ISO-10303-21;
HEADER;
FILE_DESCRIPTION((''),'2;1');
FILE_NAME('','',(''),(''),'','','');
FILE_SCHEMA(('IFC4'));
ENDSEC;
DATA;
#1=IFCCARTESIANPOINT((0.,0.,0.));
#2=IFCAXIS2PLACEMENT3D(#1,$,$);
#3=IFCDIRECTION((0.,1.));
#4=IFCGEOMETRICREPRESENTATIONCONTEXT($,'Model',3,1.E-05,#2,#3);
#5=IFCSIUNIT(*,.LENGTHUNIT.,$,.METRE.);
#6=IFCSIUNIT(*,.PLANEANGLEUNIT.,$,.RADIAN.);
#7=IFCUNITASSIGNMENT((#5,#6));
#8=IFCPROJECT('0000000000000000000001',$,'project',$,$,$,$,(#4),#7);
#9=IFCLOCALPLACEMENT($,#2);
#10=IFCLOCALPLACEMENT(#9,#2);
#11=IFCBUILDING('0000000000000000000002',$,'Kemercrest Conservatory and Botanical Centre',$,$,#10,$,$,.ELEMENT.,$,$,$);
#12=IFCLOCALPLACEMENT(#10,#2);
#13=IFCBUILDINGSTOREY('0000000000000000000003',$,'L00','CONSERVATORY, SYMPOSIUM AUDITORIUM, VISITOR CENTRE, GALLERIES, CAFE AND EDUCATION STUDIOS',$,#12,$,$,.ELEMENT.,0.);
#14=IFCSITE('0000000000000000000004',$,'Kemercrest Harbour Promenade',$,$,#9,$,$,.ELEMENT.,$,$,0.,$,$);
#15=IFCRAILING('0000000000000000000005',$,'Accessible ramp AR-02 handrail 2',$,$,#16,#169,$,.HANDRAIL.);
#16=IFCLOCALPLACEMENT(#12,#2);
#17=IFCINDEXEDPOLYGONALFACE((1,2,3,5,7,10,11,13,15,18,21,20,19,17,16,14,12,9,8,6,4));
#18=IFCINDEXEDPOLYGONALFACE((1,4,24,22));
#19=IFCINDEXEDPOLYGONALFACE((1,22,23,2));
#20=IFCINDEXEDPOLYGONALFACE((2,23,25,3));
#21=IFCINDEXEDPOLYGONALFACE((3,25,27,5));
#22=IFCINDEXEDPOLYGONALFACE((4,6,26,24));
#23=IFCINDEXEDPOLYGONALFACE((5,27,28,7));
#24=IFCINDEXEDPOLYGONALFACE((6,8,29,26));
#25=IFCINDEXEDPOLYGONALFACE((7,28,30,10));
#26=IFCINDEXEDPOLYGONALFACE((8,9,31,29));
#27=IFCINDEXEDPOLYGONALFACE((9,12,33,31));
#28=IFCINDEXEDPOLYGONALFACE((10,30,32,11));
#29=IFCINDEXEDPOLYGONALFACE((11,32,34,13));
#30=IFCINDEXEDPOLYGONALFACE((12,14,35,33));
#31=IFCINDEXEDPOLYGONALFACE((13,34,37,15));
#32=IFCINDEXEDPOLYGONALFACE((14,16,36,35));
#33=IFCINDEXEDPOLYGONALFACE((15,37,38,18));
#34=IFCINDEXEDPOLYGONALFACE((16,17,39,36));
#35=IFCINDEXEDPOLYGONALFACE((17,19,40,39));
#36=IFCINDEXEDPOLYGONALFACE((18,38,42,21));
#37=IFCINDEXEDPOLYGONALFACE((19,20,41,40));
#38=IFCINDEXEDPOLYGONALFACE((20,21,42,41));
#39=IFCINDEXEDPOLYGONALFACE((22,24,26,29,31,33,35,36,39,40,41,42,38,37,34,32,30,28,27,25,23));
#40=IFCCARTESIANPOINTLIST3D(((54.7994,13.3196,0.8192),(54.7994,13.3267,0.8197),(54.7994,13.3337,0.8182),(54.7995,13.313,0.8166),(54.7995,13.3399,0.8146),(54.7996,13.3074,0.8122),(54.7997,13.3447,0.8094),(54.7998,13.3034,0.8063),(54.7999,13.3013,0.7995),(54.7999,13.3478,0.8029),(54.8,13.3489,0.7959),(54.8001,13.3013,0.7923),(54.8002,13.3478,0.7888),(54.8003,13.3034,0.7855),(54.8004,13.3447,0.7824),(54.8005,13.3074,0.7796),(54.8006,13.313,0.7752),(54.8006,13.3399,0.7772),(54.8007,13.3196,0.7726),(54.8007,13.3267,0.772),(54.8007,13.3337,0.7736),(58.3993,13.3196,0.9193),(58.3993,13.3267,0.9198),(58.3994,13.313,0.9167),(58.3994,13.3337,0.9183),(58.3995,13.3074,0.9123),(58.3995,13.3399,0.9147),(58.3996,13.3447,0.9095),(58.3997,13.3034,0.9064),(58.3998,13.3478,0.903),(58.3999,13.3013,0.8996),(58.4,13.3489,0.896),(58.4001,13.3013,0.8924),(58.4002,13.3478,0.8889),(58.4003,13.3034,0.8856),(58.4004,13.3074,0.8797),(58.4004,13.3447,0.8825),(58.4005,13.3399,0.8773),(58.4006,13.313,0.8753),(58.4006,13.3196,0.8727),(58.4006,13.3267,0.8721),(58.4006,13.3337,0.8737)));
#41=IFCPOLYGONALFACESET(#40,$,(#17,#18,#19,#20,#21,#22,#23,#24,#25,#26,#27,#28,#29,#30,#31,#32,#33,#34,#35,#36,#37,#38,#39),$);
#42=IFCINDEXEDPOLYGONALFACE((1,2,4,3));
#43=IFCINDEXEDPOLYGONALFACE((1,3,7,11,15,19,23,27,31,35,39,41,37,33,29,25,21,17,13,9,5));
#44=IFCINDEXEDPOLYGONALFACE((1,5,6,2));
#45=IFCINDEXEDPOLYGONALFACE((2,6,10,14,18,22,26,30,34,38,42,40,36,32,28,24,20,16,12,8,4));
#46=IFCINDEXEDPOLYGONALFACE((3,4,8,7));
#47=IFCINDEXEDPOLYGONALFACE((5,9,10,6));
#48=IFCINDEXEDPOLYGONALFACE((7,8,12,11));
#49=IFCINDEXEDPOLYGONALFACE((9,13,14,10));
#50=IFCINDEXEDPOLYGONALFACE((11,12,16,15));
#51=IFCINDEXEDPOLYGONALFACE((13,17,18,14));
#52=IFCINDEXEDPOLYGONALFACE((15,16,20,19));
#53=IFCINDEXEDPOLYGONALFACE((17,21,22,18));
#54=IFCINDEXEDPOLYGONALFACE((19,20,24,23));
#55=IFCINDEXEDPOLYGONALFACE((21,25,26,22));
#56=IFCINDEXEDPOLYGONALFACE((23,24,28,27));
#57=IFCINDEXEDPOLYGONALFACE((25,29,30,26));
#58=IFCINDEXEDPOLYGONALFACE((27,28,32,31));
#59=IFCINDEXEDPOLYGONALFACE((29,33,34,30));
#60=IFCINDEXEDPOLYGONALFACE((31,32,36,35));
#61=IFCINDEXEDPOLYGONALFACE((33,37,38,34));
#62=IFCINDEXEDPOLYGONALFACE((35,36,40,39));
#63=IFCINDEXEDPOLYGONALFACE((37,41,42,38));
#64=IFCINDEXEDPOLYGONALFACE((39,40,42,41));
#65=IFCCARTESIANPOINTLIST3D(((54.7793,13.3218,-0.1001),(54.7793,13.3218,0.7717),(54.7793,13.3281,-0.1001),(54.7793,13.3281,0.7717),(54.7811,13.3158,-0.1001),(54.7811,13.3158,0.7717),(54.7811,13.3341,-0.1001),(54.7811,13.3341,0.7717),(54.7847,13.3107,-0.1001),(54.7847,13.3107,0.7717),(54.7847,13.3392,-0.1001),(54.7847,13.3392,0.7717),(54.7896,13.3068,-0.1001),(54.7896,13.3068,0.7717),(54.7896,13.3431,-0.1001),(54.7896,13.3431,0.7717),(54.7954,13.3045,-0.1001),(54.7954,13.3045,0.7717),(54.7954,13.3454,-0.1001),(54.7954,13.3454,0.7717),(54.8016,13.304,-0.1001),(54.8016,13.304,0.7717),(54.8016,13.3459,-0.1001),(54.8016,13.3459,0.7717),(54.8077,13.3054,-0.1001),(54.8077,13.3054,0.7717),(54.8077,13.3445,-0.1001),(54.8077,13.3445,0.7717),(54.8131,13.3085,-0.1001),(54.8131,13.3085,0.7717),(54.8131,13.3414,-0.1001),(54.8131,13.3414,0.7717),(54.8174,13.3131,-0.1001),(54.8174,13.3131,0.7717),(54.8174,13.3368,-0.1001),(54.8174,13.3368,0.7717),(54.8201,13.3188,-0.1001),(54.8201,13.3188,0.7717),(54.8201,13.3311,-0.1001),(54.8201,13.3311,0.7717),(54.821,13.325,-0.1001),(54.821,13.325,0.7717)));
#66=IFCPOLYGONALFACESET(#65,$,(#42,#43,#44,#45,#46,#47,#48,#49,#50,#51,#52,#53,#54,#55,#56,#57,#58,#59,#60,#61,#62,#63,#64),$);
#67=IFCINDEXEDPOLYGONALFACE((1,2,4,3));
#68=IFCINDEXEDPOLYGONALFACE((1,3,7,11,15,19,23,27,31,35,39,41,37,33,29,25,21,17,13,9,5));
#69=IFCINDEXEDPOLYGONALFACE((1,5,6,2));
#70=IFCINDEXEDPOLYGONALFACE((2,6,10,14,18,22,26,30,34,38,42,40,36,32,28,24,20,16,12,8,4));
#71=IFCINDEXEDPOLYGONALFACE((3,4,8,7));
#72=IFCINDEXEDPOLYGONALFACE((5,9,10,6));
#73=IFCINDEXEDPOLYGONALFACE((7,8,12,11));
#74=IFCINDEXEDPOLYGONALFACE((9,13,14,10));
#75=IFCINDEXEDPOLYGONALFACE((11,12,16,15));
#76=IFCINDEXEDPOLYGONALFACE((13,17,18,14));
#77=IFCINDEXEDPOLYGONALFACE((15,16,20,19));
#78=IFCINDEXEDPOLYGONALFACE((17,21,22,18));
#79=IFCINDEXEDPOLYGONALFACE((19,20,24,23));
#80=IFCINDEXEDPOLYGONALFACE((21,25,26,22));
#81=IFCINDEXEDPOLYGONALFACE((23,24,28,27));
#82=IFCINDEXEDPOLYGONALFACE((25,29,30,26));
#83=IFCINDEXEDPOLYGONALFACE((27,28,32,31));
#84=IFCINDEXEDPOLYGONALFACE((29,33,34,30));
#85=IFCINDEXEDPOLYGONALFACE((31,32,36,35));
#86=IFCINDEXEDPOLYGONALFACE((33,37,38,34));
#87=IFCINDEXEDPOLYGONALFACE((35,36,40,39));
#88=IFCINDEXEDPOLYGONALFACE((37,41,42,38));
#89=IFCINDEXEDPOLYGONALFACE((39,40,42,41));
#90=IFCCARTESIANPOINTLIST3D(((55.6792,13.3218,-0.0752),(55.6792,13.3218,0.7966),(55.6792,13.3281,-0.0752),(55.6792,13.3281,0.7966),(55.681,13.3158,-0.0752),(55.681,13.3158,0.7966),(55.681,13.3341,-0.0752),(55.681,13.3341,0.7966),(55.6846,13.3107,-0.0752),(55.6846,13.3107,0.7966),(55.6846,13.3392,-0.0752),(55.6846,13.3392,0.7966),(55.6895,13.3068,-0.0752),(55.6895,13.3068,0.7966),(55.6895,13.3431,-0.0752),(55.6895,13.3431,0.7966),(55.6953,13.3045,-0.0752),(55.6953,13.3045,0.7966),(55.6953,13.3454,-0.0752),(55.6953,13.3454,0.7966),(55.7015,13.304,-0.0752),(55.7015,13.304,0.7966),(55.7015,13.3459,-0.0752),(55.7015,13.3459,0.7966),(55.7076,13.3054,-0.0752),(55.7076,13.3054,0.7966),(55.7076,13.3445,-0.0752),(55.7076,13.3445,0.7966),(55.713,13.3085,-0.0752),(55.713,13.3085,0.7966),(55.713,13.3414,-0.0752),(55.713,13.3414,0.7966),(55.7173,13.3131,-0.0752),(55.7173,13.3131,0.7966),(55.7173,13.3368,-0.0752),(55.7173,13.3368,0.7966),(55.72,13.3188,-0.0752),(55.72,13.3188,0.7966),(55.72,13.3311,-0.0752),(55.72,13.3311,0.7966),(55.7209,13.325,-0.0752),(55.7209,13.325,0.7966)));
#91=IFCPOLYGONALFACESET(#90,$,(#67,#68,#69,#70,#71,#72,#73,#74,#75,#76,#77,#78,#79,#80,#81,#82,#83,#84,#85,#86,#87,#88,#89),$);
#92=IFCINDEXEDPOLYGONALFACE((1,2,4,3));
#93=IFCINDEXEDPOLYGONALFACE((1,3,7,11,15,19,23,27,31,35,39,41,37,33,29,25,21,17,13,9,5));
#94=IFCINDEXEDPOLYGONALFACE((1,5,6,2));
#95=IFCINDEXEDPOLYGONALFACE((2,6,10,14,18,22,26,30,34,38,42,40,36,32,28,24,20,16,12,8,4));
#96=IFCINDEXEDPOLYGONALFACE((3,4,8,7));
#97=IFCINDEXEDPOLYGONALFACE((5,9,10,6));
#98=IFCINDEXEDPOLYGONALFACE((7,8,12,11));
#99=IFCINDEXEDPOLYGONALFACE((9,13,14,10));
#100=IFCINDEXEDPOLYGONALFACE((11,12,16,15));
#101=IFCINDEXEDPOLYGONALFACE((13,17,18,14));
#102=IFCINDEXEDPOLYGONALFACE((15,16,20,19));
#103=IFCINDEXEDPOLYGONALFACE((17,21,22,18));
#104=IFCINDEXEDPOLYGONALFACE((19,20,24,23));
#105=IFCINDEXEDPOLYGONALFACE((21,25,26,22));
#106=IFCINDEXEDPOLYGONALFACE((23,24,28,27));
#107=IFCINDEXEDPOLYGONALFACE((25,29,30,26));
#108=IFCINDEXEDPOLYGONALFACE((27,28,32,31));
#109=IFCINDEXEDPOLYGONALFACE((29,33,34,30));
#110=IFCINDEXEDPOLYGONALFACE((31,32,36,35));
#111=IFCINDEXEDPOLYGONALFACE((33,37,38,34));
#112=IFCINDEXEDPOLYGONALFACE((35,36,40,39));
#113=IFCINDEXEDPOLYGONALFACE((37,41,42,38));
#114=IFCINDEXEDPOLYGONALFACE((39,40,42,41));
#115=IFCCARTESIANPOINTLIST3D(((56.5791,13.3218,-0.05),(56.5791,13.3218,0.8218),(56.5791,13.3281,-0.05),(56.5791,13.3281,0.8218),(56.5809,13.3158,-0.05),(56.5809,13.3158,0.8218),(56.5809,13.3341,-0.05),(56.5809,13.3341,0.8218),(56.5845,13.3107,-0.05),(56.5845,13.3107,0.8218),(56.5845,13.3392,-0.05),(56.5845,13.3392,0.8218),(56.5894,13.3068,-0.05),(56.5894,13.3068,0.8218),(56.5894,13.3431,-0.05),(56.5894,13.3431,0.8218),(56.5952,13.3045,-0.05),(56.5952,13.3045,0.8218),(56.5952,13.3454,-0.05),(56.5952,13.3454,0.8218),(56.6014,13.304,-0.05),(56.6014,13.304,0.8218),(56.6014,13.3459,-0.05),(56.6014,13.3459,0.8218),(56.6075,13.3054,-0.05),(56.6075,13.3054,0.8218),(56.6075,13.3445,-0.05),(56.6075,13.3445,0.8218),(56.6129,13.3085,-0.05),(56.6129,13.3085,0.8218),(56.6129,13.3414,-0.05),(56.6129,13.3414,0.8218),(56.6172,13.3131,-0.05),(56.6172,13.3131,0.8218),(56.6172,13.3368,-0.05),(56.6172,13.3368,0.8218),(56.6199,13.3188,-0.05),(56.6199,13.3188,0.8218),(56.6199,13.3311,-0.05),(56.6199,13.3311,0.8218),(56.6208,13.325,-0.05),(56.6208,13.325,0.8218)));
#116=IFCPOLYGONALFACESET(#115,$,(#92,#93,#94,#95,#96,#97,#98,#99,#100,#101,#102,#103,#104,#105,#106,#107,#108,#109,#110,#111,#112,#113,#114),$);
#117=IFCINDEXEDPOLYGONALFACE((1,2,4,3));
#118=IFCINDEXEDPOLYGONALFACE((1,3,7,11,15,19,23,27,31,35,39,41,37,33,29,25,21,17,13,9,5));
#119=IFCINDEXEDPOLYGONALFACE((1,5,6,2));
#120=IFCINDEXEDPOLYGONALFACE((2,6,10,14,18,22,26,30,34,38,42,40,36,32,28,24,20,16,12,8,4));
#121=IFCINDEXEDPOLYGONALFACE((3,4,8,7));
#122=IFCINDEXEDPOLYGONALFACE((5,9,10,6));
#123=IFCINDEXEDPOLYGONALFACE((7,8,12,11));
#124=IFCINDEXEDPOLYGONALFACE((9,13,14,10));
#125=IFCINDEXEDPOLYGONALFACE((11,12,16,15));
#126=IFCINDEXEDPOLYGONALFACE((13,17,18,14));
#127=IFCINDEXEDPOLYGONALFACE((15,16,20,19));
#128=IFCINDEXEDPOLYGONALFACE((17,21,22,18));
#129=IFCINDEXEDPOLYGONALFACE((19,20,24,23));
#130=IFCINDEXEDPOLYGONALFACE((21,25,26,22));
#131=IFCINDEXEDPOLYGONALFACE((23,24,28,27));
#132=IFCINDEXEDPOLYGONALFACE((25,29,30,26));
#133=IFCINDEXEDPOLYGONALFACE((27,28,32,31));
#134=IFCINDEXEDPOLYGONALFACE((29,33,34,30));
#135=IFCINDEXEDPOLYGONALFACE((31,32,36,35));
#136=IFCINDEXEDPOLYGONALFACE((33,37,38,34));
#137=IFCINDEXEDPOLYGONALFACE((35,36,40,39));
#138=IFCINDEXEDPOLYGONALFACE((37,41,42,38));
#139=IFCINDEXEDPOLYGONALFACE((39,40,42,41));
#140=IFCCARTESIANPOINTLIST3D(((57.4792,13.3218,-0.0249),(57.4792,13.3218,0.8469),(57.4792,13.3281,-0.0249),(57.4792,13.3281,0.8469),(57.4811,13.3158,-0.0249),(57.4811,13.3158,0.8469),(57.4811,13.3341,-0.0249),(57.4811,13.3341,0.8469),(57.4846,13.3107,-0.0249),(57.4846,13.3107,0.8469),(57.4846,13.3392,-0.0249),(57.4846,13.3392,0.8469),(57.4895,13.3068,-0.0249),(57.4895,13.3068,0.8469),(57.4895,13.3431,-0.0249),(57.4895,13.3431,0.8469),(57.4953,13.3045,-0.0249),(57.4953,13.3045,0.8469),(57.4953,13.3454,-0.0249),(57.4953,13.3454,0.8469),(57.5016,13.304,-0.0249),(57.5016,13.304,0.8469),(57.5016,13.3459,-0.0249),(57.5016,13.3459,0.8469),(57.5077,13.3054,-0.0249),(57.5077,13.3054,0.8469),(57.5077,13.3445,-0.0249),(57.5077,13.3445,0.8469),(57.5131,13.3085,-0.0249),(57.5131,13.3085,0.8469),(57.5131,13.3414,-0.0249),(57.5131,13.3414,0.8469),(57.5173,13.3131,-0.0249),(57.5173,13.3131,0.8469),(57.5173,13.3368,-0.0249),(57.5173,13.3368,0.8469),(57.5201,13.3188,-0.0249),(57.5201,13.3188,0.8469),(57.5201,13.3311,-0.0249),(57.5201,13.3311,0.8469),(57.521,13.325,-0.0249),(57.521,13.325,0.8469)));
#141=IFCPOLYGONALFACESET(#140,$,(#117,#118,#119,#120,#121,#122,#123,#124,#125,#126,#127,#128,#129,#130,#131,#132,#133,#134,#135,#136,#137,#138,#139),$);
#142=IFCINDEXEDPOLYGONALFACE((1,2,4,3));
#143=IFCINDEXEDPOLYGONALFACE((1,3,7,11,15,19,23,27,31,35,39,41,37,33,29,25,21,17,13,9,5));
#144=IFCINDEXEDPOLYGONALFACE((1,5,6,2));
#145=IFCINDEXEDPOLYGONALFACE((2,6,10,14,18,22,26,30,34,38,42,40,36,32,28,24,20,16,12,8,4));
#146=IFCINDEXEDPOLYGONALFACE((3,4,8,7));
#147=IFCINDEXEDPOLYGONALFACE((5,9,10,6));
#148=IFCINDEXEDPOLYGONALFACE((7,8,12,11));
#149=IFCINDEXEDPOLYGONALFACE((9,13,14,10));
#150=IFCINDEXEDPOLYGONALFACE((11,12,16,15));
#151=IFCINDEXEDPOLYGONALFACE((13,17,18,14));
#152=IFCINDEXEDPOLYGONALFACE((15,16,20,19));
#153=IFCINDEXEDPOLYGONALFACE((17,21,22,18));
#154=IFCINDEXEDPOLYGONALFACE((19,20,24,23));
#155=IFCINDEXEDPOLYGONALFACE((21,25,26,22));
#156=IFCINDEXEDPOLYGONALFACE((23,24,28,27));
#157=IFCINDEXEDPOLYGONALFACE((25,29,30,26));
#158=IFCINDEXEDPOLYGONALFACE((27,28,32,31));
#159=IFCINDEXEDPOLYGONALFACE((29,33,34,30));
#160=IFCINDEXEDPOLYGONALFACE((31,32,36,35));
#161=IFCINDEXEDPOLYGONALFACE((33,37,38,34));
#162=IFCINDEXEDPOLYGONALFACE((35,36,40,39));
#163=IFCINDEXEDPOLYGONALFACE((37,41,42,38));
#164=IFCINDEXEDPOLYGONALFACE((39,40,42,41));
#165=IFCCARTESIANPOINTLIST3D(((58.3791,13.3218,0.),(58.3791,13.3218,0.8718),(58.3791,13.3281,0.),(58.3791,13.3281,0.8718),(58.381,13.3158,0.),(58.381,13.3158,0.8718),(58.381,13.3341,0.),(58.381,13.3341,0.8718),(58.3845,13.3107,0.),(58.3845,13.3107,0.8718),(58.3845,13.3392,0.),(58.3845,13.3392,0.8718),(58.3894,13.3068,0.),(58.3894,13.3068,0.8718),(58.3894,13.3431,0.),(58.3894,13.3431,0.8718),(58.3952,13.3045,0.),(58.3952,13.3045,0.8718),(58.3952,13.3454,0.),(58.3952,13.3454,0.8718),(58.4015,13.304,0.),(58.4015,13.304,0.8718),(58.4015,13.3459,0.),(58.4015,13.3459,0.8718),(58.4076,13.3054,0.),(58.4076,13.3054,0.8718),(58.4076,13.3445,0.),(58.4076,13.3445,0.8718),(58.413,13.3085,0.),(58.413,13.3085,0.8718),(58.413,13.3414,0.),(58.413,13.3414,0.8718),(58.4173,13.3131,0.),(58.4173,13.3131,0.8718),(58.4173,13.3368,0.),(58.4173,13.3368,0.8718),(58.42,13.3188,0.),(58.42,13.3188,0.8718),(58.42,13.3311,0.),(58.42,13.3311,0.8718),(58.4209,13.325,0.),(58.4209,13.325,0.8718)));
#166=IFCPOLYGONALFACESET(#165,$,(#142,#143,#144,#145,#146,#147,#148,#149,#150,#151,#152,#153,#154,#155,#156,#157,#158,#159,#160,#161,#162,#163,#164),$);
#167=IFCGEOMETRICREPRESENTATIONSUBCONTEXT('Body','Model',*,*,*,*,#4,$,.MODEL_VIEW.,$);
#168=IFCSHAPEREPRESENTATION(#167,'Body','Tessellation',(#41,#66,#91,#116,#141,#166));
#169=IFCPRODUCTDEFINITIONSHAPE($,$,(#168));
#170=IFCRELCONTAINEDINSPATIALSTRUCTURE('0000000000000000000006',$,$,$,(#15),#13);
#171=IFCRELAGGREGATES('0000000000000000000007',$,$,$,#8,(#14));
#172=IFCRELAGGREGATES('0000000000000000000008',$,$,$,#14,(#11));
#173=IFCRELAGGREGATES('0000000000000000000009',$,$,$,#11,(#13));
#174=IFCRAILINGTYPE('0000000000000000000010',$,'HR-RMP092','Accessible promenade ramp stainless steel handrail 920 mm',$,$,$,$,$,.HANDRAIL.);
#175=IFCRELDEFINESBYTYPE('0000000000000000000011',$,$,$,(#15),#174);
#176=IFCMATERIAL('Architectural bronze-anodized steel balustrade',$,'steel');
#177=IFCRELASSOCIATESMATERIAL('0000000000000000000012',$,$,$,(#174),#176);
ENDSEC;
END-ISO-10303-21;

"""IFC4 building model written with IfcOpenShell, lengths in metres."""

from ifc_helpers import new_model, si_unit, direction, frame, origin, origin_2d, place, context, subcontext, project, spatial, circle, extrude, material, type_object, element, save


model = new_model("IFC4")

# Units and contexts
model_context = context("Model", 3, precision=1e-05, world=origin(), true_north=direction((0.0, 1.0)))
body_context = subcontext(model_context, "Body", "Model", "MODEL_VIEW")
ifc_project = project(units=[si_unit("LENGTHUNIT", "METRE"), si_unit("PLANEANGLEUNIT", "RADIAN")], contexts=[model_context])

# Site, building, storey
site_placement = place(None, origin())
site = spatial("IfcSite", under=ifc_project, at=site_placement, Name="Kemercrest Harbour Promenade", CompositionType="ELEMENT", RefElevation=0.0)
building_placement = place(site_placement, origin())
building = spatial("IfcBuilding", under=site, at=building_placement, Name="Kemercrest Conservatory and Botanical Centre", CompositionType="ELEMENT")
storey_placement = place(building_placement, origin())
storey = spatial("IfcBuildingStorey", under=building, at=storey_placement, Name="L00", Description="CONSERVATORY, SYMPOSIUM AUDITORIUM, VISITOR CENTRE, GALLERIES, CAFE AND EDUCATION STUDIOS", CompositionType="ELEMENT", Elevation=0.0)

# Railing
ifc_material_1 = material(Name="Architectural bronze-anodized steel balustrade", Category="steel")
railing_type = type_object("IfcRailingType", Name="HR-RMP092", Description="Accessible promenade ramp stainless steel handrail 920 mm", PredefinedType="HANDRAIL", material=ifc_material_1)
for number, where, name in (
    (1, (54.8, 13.325, -0.1001), "Accessible ramp AR-02 handrail 2"),
):
    element("IfcRailing", number, at=place(storey_placement, frame(where)), inside=storey, type_object=railing_type, Name=name, PredefinedType="HANDRAIL", context=body_context, shape_type="SweptSolid", body=[
        extrude(circle(Radius=0.0239, at=origin_2d()), frame((0.0, 0.0, 0.896), z_axis=(0.999614, 0.0, 0.027795), x_axis=(0.0, 1.0, 0.0)), (0.0, 0.0, 1.0), 3.6013),
        extrude(circle(Radius=0.021, at=origin_2d()), origin(), (0.0, 0.0, 1.0), 0.8718),
        extrude(circle(Radius=0.021, at=origin_2d()), frame((0.8999, 0.0, 0.0249)), (0.0, 0.0, 1.0), 0.8718),
        extrude(circle(Radius=0.021, at=origin_2d()), frame((1.7998, 0.0, 0.05)), (0.0, 0.0, 1.0), 0.8718),
        extrude(circle(Radius=0.021, at=origin_2d()), frame((2.7, 0.0, 0.0752)), (0.0, 0.0, 1.0), 0.8718),
        extrude(circle(Radius=0.021, at=origin_2d()), frame((3.5999, 0.0, 0.1001)), (0.0, 0.0, 1.0), 0.8718),
    ])

save(model, "model.ifc")
